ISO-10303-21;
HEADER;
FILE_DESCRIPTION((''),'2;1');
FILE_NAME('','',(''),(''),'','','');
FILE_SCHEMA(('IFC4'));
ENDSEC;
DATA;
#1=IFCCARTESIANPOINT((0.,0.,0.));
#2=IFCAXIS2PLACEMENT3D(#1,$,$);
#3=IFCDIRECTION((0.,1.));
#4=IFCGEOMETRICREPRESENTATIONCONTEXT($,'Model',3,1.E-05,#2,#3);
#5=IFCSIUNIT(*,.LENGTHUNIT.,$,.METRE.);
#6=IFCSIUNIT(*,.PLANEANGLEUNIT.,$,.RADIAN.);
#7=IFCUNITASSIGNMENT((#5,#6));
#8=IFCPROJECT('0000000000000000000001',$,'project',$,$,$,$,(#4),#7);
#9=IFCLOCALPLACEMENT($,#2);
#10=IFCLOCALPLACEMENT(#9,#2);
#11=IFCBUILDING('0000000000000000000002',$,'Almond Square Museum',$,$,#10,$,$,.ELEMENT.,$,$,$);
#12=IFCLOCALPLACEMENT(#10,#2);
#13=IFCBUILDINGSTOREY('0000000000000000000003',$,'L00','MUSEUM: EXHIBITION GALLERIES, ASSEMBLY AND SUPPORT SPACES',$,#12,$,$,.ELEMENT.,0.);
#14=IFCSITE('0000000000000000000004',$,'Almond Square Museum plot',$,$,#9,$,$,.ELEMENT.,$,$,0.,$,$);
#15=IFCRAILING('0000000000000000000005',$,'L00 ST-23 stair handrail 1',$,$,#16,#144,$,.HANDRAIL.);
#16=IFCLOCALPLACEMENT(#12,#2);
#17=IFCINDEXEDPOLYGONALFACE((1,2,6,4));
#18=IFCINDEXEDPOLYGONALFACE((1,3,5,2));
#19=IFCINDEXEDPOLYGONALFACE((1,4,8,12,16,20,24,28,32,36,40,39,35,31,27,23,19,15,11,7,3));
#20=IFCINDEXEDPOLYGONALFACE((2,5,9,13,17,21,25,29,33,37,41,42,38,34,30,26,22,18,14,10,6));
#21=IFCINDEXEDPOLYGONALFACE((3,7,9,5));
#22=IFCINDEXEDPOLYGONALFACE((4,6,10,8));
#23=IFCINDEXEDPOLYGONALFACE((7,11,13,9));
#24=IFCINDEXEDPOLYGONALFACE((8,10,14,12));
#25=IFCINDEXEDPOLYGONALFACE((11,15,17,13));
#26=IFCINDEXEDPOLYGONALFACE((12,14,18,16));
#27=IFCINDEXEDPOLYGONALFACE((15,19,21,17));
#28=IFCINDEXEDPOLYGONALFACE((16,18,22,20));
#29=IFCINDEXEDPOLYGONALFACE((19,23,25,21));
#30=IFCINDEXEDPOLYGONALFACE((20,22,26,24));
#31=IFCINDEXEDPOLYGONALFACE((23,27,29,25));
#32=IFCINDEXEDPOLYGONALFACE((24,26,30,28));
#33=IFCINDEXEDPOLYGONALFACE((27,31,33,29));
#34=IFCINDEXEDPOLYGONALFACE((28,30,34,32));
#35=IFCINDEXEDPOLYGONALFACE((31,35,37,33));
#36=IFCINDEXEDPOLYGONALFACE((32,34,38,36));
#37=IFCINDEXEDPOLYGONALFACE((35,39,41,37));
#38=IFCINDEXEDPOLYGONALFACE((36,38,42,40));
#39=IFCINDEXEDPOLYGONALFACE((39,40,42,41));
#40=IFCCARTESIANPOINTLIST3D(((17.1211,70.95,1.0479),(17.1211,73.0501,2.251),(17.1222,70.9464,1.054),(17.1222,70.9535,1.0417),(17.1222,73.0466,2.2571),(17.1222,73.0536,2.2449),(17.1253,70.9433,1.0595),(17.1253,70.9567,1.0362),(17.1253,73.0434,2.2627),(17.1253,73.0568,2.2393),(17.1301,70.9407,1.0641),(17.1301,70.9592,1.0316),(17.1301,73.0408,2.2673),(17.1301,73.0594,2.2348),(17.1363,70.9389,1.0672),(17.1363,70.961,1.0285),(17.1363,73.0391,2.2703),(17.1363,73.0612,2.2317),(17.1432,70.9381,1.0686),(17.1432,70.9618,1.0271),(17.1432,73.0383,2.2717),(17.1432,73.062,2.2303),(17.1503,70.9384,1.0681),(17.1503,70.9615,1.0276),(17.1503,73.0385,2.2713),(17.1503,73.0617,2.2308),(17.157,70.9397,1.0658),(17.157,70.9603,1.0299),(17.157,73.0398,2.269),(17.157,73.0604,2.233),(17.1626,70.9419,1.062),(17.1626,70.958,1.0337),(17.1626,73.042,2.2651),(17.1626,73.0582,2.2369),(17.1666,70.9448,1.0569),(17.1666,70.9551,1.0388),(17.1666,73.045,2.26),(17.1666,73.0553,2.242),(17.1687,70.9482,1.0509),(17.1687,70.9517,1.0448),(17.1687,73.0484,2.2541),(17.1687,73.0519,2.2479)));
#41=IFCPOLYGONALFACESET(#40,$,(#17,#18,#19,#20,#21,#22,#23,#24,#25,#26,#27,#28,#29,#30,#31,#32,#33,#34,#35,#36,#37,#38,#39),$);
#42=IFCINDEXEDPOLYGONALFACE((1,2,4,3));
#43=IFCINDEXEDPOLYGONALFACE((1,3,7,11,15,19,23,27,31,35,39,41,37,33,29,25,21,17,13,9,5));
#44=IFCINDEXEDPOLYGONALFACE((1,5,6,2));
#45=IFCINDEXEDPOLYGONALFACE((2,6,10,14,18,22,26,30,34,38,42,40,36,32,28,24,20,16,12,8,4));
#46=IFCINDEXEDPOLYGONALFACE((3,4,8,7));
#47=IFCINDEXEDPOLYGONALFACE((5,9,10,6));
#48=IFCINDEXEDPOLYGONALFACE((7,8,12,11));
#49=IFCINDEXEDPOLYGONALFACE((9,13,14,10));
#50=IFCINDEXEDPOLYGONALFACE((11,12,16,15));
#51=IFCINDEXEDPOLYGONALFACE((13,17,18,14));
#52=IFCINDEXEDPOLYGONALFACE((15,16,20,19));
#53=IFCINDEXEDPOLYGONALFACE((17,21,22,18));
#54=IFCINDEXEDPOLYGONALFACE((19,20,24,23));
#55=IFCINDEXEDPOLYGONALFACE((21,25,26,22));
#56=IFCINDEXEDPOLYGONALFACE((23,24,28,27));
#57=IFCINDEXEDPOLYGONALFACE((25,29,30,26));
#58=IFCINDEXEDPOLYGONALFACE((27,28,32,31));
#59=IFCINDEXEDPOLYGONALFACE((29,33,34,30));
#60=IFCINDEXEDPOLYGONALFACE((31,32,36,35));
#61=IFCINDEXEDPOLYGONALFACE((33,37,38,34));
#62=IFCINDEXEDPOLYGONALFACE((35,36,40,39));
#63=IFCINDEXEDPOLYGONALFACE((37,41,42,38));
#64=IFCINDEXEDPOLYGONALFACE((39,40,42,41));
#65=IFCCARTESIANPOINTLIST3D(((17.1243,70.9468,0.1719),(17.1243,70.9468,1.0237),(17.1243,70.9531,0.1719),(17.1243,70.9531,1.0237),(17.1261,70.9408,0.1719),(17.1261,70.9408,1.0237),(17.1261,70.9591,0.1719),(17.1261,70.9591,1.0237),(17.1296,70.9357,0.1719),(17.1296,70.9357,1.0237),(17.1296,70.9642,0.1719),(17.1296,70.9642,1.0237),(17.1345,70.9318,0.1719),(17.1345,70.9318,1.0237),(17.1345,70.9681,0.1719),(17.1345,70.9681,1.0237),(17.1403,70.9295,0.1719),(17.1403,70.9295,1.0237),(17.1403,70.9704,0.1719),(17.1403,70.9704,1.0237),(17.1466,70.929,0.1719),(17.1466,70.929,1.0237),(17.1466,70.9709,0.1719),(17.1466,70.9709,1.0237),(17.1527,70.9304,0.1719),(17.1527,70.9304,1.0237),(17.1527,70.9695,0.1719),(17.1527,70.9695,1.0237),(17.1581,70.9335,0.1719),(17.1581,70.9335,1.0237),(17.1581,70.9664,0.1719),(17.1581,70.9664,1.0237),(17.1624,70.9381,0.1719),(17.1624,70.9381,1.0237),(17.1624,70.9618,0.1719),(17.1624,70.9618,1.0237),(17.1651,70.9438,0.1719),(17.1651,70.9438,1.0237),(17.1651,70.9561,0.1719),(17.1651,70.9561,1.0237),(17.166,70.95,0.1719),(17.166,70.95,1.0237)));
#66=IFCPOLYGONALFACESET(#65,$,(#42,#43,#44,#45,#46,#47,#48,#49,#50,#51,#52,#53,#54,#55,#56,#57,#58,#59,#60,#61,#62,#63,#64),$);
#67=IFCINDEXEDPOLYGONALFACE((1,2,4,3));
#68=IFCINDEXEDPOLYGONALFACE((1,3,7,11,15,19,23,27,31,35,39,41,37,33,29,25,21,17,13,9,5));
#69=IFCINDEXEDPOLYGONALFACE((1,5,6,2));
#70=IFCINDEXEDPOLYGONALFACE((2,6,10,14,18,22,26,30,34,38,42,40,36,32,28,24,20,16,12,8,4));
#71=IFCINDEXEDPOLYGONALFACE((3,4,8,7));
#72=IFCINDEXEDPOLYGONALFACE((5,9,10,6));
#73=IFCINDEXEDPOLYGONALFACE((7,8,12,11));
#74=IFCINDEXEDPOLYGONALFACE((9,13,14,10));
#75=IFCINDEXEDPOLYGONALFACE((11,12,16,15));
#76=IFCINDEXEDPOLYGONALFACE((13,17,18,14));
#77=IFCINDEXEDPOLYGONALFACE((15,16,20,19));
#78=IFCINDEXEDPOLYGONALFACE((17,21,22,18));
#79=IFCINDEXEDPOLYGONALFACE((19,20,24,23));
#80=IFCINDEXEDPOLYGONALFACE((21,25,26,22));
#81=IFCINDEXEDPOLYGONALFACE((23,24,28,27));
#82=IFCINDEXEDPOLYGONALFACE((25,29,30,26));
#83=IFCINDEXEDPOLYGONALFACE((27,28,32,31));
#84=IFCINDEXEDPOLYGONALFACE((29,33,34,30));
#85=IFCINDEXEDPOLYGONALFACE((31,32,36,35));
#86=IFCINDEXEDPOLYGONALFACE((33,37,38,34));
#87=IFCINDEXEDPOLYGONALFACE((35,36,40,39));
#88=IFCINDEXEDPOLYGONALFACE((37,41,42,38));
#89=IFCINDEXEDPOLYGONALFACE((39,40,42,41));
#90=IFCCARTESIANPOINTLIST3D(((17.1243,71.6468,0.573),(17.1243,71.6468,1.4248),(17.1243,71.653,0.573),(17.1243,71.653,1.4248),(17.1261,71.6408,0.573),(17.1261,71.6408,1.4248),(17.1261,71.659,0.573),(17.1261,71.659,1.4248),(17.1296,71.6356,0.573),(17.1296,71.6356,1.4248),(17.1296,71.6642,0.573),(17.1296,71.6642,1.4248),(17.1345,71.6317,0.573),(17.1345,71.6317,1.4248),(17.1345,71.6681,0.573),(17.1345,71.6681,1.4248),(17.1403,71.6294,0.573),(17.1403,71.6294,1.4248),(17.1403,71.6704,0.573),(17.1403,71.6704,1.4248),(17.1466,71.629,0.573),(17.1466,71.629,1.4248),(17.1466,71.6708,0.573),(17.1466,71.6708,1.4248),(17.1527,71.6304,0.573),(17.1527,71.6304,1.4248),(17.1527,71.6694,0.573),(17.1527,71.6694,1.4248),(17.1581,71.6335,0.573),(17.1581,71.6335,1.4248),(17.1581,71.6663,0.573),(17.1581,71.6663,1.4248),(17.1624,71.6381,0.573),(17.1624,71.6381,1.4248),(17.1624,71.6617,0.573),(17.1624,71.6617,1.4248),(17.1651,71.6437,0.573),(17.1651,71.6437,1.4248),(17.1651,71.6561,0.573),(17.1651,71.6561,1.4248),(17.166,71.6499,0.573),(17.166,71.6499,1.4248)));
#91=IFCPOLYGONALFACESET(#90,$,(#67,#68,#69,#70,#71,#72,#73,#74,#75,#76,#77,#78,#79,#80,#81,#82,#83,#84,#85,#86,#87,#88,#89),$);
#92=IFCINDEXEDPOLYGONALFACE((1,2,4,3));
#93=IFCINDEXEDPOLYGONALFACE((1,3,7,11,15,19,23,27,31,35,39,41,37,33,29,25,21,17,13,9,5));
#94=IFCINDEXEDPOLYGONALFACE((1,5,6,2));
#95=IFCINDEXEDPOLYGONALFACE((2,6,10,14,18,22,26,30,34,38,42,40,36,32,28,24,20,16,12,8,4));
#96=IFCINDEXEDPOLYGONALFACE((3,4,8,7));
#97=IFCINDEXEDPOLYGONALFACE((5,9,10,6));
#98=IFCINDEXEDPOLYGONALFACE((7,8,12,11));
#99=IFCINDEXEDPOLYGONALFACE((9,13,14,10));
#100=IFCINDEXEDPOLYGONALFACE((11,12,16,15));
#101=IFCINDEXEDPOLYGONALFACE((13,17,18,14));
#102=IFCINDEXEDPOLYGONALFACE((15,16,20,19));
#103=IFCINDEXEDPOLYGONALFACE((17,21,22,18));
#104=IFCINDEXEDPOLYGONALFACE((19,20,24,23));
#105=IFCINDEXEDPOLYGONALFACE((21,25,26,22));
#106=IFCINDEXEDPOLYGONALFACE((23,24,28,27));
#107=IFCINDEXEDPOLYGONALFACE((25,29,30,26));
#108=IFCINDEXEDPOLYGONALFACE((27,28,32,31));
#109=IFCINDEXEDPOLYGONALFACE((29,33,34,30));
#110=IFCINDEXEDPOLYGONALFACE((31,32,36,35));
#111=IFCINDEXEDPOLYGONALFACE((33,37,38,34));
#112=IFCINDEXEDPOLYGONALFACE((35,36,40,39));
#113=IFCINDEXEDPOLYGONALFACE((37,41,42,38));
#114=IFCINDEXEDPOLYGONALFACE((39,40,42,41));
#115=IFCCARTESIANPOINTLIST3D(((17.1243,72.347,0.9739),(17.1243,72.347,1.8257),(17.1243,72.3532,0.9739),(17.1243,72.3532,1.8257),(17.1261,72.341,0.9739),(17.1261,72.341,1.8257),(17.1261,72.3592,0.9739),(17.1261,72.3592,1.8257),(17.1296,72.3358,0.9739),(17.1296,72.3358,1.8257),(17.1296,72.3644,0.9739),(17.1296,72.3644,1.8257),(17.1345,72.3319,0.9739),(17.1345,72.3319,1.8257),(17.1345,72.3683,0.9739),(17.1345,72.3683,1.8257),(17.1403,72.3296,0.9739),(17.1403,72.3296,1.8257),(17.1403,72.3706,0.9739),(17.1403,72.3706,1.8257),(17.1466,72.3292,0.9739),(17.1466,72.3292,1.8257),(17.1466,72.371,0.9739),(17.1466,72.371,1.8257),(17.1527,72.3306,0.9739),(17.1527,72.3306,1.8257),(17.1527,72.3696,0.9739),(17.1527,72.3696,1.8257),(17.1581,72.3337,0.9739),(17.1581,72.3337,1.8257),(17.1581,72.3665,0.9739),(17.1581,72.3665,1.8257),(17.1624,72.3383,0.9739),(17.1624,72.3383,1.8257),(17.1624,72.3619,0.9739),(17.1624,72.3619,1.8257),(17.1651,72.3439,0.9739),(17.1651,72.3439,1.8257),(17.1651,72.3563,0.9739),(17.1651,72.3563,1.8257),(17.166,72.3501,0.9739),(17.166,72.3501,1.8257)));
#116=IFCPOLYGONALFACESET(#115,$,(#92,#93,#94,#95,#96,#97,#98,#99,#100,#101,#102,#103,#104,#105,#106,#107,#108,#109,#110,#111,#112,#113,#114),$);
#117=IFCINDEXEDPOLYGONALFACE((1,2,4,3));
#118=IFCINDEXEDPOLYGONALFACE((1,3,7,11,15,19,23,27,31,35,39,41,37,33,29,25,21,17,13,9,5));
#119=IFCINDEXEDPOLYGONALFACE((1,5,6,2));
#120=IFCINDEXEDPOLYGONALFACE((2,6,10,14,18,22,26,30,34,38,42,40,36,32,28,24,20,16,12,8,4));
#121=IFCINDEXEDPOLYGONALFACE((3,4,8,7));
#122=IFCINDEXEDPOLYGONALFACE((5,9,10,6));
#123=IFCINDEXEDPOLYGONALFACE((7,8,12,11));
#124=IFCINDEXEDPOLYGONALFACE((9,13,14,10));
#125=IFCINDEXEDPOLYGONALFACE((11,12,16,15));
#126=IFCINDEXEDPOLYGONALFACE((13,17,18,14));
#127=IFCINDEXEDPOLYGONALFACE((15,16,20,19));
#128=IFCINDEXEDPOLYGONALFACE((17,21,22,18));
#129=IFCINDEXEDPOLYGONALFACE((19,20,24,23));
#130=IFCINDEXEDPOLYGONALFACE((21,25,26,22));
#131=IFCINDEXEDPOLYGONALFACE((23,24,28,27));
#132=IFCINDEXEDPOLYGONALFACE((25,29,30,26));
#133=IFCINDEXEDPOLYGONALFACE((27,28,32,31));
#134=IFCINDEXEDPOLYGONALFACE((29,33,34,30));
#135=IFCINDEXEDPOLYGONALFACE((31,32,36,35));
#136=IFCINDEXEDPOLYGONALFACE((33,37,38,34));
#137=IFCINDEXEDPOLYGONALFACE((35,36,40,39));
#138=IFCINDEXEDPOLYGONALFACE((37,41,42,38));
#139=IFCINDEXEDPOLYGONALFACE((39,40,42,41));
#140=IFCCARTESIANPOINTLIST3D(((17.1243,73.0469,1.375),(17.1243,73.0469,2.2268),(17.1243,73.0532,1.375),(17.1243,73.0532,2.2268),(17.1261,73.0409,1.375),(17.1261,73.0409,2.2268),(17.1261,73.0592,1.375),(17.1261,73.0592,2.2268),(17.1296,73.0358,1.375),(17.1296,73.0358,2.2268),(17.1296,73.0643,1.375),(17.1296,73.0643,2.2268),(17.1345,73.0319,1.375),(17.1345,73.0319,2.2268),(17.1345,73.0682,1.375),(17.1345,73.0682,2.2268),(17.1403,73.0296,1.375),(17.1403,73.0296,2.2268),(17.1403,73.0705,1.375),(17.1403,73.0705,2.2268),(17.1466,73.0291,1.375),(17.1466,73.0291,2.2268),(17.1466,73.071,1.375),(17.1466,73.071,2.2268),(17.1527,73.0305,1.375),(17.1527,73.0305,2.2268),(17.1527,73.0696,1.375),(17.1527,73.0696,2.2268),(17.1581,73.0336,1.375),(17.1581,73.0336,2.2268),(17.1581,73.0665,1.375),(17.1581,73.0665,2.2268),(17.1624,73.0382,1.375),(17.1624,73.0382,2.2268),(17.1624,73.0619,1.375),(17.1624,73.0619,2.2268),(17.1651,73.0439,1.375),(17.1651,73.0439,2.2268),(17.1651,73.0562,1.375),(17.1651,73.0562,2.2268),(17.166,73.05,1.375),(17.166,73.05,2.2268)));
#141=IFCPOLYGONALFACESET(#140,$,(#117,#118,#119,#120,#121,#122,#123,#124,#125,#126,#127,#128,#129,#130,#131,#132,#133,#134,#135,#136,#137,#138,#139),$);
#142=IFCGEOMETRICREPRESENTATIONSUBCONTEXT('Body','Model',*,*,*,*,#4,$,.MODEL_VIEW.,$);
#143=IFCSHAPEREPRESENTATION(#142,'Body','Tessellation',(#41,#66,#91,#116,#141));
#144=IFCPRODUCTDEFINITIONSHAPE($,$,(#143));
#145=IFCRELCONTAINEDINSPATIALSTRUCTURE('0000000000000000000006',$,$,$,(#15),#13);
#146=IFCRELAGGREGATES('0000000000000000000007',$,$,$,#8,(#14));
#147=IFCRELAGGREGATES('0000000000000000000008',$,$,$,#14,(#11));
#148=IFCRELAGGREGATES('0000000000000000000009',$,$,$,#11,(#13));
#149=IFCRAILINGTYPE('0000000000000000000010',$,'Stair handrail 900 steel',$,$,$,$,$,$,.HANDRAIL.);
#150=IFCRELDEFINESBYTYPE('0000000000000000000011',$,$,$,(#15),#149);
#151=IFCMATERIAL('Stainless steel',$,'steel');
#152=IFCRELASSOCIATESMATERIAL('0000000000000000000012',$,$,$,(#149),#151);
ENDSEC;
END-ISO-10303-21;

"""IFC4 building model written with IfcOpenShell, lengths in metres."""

from ifc_helpers import new_model, si_unit, direction, frame, origin, origin_2d, place, context, subcontext, project, spatial, circle, extrude, material, type_object, element, save


model = new_model("IFC4")

# Units and contexts
model_context = context("Model", 3, precision=1e-05, world=origin(), true_north=direction((0.0, 1.0)))
body_context = subcontext(model_context, "Body", "Model", "MODEL_VIEW")
ifc_project = project(units=[si_unit("LENGTHUNIT", "METRE"), si_unit("PLANEANGLEUNIT", "RADIAN")], contexts=[model_context])

# Site, building, storey
site_placement = place(None, origin())
site = spatial("IfcSite", under=ifc_project, at=site_placement, Name="Almond Square Museum plot", CompositionType="ELEMENT", RefElevation=0.0)
building_placement = place(site_placement, origin())
building = spatial("IfcBuilding", under=site, at=building_placement, Name="Almond Square Museum", CompositionType="ELEMENT")
storey_placement = place(building_placement, origin())
storey = spatial("IfcBuildingStorey", under=building, at=storey_placement, Name="L00", Description="MUSEUM: EXHIBITION GALLERIES, ASSEMBLY AND SUPPORT SPACES", CompositionType="ELEMENT", Elevation=0.0)

# Railing
ifc_material_1 = material(Name="Stainless steel", Category="steel")
railing_type_1 = type_object("IfcRailingType", Name="Stair handrail 900 steel", PredefinedType="HANDRAIL", material=ifc_material_1)
for number, where, name in (
    (1, (17.145, 70.95, 0.1719), "L00 ST-23 stair handrail 1"),
):
    element("IfcRailing", number, at=place(storey_placement, frame(where)), inside=storey, type_object=railing_type_1, Name=name, PredefinedType="HANDRAIL", context=body_context, shape_type="SweptSolid", body=[
        extrude(circle(Radius=0.0239, at=origin_2d()), frame((0.0, 0.0, 0.876), z_axis=(0.0, 0.867696, 0.497095), x_axis=(-1.0, 0.0, 0.0)), (0.0, 0.0, 1.0), 2.4204),
        extrude(circle(Radius=0.021, at=origin_2d()), origin(), (0.0, 0.0, 1.0), 0.8518),
        extrude(circle(Radius=0.021, at=origin_2d()), frame((0.0, 0.7, 0.4011)), (0.0, 0.0, 1.0), 0.8518),
        extrude(circle(Radius=0.021, at=origin_2d()), frame((0.0, 1.4001, 0.802)), (0.0, 0.0, 1.0), 0.8518),
        extrude(circle(Radius=0.021, at=origin_2d()), frame((0.0, 2.1001, 1.2031)), (0.0, 0.0, 1.0), 0.8518),
    ])

save(model, "model.ifc")
